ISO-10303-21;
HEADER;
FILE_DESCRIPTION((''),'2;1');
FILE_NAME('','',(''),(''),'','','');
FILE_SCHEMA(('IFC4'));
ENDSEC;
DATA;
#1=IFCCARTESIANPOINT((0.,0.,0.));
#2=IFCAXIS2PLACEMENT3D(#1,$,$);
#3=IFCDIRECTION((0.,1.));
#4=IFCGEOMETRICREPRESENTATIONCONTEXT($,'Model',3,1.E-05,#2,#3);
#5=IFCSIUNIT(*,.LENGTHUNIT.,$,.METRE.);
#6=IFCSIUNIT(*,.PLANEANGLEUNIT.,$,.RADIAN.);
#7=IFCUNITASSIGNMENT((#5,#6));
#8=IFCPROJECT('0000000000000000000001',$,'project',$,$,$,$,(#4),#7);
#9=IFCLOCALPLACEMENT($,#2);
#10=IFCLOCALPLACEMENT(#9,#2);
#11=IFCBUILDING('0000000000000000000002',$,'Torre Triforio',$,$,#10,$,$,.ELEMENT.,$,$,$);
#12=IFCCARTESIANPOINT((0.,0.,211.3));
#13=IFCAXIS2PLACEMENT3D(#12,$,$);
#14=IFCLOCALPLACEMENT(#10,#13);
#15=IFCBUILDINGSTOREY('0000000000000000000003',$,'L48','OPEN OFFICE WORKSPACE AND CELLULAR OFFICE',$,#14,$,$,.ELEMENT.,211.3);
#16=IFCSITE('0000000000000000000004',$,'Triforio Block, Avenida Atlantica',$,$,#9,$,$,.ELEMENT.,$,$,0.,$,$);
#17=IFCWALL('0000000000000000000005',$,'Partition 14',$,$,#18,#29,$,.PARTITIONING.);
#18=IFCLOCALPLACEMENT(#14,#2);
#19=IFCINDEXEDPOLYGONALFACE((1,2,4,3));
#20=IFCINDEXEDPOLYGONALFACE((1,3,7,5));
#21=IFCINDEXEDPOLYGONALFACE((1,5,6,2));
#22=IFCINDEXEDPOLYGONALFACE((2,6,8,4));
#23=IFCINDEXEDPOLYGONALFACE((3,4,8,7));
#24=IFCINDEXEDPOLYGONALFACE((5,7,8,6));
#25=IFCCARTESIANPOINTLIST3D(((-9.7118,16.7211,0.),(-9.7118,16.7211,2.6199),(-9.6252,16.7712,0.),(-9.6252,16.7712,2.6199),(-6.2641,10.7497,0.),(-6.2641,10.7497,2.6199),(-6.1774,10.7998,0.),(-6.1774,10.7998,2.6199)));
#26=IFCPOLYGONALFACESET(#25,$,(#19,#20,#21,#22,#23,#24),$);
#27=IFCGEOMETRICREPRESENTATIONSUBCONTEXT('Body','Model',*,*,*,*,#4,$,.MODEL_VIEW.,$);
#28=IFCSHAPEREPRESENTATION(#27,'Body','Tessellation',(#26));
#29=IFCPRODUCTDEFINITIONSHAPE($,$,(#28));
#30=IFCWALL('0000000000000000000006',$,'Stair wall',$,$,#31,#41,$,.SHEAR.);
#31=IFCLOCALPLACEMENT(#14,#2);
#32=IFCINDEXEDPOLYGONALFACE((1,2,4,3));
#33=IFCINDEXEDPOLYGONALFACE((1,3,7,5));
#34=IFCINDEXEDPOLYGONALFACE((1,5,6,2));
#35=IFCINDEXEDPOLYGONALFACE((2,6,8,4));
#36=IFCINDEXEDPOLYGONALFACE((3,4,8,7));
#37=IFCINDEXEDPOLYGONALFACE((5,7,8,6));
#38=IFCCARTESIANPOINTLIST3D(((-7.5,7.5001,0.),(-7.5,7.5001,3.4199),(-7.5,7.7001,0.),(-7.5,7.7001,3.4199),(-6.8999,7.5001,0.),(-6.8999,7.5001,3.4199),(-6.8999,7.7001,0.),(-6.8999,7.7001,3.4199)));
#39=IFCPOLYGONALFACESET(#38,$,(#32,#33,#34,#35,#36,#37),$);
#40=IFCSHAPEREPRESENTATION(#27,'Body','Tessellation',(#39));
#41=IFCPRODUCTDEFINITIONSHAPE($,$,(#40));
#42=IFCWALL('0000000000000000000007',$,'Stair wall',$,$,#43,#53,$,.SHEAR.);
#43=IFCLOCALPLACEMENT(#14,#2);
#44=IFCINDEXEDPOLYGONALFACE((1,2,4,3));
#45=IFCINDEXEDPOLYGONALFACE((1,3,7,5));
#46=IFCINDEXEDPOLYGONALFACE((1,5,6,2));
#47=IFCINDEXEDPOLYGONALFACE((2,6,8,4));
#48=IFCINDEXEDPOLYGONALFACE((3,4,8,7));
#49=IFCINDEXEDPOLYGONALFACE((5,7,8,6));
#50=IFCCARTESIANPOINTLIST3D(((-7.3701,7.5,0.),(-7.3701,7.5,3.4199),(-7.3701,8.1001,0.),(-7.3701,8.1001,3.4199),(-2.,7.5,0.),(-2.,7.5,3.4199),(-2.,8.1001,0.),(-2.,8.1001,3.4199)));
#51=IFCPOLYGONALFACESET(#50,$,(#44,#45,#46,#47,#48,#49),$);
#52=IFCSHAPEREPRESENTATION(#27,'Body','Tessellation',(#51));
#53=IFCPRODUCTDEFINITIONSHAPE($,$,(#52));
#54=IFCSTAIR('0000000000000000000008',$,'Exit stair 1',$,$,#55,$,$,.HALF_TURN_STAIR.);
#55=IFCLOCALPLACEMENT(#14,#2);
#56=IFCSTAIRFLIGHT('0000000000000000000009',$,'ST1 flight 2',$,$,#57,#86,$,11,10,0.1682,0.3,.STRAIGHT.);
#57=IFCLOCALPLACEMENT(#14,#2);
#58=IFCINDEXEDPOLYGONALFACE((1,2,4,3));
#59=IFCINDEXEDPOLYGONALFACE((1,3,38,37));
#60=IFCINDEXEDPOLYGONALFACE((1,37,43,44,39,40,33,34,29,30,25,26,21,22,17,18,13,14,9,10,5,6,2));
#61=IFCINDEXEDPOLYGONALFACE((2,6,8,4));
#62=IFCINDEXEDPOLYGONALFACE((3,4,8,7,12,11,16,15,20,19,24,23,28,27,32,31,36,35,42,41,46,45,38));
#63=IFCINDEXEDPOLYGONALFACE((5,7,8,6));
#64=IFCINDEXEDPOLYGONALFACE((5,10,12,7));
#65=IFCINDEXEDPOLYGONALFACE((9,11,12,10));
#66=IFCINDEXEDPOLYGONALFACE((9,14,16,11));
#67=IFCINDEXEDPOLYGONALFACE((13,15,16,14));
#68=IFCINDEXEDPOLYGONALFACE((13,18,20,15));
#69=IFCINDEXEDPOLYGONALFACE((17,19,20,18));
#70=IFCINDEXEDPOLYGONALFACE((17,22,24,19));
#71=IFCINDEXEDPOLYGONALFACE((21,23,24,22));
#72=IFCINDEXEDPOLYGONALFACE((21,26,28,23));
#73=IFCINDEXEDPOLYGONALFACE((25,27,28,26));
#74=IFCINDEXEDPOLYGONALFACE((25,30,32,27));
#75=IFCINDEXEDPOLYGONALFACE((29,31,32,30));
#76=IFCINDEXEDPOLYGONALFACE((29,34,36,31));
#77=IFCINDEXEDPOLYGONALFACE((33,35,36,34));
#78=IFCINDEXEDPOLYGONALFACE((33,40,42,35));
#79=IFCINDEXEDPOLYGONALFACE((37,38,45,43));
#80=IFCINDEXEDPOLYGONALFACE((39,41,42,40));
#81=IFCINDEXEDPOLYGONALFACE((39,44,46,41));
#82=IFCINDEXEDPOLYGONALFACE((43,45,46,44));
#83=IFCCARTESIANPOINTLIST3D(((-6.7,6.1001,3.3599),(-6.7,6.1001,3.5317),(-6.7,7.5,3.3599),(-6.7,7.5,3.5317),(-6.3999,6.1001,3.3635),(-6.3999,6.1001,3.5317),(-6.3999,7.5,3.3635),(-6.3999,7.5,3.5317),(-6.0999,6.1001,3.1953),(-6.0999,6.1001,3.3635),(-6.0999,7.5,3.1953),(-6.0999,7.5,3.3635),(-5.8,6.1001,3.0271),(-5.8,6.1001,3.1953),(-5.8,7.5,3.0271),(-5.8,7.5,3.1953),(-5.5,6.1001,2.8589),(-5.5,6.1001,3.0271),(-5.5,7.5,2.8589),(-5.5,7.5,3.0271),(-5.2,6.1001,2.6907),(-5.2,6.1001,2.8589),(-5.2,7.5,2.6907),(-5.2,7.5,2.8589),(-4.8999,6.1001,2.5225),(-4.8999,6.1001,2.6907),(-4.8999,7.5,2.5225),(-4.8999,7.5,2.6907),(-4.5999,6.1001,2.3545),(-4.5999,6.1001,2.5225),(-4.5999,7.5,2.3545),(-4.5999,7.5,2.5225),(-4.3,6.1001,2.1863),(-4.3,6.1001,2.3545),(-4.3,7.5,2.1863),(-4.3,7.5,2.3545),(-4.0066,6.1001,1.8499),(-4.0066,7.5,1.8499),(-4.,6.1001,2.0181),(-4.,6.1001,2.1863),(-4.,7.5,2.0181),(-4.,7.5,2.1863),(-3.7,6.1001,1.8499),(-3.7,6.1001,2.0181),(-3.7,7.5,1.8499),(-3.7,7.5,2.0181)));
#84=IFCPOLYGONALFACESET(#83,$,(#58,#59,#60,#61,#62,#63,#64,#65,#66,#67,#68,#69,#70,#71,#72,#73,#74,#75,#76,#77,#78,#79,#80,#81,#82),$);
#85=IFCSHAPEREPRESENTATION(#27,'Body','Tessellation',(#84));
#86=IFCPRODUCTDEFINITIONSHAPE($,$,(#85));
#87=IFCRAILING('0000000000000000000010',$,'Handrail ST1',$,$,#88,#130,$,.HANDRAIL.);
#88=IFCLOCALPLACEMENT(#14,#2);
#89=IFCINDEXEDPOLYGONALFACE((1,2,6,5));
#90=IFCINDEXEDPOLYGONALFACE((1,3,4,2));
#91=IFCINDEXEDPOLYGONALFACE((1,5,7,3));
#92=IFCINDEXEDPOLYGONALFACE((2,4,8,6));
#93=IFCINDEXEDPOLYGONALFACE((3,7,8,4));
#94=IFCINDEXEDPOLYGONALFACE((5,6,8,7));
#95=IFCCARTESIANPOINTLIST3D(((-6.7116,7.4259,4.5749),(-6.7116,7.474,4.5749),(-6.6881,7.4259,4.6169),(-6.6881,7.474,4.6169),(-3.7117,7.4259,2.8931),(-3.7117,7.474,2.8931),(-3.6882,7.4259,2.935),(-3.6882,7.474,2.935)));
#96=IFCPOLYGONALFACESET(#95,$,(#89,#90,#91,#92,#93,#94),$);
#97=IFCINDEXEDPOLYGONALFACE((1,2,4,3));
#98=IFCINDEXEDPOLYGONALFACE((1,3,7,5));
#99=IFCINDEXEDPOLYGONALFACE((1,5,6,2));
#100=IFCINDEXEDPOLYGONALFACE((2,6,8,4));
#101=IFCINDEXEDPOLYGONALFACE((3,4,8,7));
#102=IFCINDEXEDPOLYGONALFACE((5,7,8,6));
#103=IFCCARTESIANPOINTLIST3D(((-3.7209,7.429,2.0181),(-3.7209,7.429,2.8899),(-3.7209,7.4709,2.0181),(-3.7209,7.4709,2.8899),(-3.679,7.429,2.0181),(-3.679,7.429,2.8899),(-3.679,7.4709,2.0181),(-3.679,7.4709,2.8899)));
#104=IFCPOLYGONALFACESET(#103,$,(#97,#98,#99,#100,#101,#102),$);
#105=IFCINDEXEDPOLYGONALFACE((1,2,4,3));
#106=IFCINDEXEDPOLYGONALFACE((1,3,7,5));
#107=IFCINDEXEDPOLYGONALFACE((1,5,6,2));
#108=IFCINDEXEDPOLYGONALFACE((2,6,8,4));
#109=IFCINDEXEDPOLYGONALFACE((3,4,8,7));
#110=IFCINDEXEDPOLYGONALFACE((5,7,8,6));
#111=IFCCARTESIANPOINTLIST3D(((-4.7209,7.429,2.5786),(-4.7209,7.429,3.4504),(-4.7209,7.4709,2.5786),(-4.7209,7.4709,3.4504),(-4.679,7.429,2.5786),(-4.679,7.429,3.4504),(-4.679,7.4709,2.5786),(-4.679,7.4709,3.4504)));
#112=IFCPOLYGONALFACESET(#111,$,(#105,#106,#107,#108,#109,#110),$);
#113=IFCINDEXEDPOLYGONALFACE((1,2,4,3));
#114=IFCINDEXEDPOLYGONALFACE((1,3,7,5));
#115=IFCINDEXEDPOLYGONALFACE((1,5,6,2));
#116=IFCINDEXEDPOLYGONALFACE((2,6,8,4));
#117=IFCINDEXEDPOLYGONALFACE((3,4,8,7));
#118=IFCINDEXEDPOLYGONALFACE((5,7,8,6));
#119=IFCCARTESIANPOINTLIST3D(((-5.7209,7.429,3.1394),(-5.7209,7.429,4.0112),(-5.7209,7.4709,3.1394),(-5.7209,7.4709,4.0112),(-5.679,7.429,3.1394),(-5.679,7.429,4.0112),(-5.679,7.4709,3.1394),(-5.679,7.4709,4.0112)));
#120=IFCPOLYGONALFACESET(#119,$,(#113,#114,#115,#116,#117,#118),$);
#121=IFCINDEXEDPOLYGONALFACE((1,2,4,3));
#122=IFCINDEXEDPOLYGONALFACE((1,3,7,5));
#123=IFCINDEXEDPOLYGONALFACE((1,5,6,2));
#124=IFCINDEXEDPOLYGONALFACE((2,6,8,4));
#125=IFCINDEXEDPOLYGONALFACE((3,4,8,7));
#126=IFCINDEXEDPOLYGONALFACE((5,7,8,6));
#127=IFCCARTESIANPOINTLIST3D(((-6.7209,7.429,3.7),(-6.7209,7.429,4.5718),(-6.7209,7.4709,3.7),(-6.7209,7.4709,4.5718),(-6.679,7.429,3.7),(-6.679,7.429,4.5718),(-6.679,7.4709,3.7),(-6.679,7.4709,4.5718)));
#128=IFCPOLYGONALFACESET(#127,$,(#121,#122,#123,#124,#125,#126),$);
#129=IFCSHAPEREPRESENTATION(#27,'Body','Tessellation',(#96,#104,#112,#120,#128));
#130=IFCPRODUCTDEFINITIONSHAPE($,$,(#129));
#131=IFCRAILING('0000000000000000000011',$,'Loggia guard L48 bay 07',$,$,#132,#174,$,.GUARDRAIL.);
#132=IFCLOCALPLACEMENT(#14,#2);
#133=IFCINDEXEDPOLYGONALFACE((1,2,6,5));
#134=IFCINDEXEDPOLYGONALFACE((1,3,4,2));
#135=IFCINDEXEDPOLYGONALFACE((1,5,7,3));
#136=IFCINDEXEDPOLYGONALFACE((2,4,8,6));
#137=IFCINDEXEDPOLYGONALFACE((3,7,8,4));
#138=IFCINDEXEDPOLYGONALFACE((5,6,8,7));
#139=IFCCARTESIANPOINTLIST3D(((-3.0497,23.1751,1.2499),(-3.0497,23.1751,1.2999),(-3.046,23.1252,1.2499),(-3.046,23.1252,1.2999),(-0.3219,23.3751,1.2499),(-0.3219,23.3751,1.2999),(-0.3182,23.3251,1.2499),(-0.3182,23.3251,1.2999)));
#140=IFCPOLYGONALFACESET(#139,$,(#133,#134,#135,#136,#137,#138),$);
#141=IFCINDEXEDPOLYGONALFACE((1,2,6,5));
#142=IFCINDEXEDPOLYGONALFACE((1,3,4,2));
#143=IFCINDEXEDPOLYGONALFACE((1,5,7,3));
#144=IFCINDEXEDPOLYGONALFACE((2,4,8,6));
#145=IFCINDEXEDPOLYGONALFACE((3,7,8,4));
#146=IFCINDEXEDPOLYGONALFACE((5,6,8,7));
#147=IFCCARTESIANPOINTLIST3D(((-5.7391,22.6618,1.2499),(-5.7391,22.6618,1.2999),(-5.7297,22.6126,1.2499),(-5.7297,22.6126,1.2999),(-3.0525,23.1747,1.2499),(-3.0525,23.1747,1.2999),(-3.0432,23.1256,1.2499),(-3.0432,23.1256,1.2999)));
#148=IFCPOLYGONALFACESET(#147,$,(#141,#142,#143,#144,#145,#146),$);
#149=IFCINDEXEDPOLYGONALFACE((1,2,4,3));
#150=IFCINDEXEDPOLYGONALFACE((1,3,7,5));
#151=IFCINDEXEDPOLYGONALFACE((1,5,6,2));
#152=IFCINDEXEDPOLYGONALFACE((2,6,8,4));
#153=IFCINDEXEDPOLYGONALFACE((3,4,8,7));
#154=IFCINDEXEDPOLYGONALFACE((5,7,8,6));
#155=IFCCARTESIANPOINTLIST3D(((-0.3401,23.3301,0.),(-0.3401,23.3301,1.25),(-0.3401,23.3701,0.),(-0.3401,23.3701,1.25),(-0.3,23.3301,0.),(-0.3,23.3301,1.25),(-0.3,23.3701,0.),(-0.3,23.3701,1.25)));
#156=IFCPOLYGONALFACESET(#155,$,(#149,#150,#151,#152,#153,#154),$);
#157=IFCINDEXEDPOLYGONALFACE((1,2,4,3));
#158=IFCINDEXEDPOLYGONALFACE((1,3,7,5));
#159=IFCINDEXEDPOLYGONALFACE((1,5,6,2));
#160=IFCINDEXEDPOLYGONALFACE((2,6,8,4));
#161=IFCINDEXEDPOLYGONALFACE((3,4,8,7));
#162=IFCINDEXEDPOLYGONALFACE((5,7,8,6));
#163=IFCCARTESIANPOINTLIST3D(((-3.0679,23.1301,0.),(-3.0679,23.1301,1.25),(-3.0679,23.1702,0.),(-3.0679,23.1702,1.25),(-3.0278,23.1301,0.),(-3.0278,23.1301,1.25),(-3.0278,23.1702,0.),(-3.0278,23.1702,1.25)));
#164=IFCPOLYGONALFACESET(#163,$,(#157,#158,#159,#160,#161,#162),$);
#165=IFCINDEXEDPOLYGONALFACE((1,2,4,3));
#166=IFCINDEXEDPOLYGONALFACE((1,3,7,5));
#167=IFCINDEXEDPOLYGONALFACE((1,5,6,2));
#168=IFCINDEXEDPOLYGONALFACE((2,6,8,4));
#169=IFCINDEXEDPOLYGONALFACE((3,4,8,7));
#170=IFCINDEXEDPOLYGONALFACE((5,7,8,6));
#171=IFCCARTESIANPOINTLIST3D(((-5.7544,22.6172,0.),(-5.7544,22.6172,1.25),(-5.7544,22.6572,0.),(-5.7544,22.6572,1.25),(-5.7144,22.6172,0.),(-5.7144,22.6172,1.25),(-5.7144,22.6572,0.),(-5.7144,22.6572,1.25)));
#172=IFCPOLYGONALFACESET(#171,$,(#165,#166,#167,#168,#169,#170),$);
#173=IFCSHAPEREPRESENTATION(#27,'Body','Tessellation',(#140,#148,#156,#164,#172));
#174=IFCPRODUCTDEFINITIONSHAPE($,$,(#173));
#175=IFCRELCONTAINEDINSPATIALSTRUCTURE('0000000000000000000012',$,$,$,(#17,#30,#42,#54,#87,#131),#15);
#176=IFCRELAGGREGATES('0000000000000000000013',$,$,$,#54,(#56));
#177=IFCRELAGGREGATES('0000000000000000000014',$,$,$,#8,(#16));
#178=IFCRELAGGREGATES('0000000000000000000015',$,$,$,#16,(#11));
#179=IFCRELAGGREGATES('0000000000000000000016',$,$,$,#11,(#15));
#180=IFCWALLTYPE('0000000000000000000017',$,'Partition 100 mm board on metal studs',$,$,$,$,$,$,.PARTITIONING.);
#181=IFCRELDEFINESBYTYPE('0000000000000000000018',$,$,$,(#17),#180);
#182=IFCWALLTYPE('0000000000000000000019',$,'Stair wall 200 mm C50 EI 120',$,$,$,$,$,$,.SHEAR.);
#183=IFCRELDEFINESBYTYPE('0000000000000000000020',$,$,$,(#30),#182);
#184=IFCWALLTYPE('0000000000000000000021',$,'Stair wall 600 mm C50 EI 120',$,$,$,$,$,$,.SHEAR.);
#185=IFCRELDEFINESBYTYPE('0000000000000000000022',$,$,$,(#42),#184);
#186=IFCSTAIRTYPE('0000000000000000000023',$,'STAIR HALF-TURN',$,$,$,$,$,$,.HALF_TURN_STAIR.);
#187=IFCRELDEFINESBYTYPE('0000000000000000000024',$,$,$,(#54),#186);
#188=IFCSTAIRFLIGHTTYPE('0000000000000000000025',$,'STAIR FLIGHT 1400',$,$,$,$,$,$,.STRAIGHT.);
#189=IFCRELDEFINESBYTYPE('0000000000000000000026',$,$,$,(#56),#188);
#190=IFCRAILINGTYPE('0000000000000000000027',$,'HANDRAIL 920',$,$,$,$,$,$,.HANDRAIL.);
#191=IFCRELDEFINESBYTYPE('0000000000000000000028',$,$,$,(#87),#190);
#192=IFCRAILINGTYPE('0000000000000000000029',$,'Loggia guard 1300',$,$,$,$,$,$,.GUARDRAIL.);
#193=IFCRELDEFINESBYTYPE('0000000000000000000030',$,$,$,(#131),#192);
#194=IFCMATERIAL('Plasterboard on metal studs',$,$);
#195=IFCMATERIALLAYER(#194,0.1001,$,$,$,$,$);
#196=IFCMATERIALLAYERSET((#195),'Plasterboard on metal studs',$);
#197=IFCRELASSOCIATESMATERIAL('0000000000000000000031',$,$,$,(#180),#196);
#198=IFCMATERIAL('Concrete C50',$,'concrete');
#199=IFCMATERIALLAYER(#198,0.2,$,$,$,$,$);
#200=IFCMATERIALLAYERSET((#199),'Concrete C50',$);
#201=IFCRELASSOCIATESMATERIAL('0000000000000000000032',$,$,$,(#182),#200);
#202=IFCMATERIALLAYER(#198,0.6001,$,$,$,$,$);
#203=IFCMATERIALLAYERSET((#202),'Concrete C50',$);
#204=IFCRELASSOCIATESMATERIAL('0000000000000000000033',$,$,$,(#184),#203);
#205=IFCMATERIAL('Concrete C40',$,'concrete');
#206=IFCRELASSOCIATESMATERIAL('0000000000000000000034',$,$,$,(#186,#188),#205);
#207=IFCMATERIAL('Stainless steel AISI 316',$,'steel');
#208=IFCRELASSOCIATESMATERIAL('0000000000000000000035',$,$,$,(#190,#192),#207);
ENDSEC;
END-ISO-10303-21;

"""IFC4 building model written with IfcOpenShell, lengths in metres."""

from ifc_helpers import new_model, si_unit, direction, frame, frame_2d, origin, origin_2d, place, context, subcontext, project, spatial, polyline, rectangle, outline, extrude, material, layer, layer_set, type_object, element, aggregate, save


model = new_model("IFC4")

# Units and contexts
model_context = context("Model", 3, precision=1e-05, world=origin(), true_north=direction((0.0, 1.0)))
body_context = subcontext(model_context, "Body", "Model", "MODEL_VIEW")
ifc_project = project(units=[si_unit("LENGTHUNIT", "METRE"), si_unit("PLANEANGLEUNIT", "RADIAN")], contexts=[model_context])

# Site, building, storey
site_placement = place(None, origin())
site = spatial("IfcSite", under=ifc_project, at=site_placement, Name="Triforio Block, Avenida Atlantica", CompositionType="ELEMENT", RefElevation=0.0)
building_placement = place(site_placement, origin())
building = spatial("IfcBuilding", under=site, at=building_placement, Name="Torre Triforio", CompositionType="ELEMENT")
storey_placement = place(building_placement, frame((0.0, 0.0, 211.3)))
storey = spatial("IfcBuildingStorey", under=building, at=storey_placement, Name="L48", Description="OPEN OFFICE WORKSPACE AND CELLULAR OFFICE", CompositionType="ELEMENT", Elevation=211.3)

# Shared definitions
ifc_material_1 = material(Name="Concrete C50", Category="concrete")

# Shared definitions
ifc_material_2 = material(Name="Concrete C40", Category="concrete")

# Shared definitions
ifc_material_3 = material(Name="Plasterboard on metal studs")

# Walls
ifc_layer_1 = layer(ifc_material_3, 0.1001)
ifc_layer_set_1 = layer_set([ifc_layer_1], Name="Plasterboard on metal studs")
wall_type_1 = type_object("IfcWallType", Name="Partition 100 mm board on metal studs", PredefinedType="PARTITIONING", material=ifc_layer_set_1)
wall_1_placement = place(storey_placement, frame((-6.2207, 10.7747, 0.0), z_axis=(0.0, 0.0, 1.0), x_axis=(-0.500016, 0.866016, 0.0)))
element("IfcWall", 1, at=wall_1_placement, inside=storey, type_object=wall_type_1, Name="Partition 14", PredefinedType="PARTITIONING", context=body_context, shape_type="SweptSolid", body=[
    extrude(rectangle(XDim=6.8953, YDim=0.1001, at=frame_2d((3.4478, 0.0))), origin(), (0.0, 0.0, 1.0), 2.6199),
])
ifc_layer_2 = layer(ifc_material_1, 0.2)
ifc_layer_set_2 = layer_set([ifc_layer_2], Name="Concrete C50")
wall_type_2 = type_object("IfcWallType", Name="Stair wall 200 mm C50 EI 120", PredefinedType="SHEAR", material=ifc_layer_set_2)
wall_2_placement = place(storey_placement, frame((-7.5, 7.6001, 0.0), z_axis=(0.0, 0.0, 1.0), x_axis=(1.0, 0.0, 0.0)))
element("IfcWall", 2, at=wall_2_placement, inside=storey, type_object=wall_type_2, Name="Stair wall", PredefinedType="SHEAR", context=body_context, shape_type="SweptSolid", body=[
    extrude(rectangle(XDim=0.6001, YDim=0.2, at=frame_2d((0.3, 0.0))), origin(), (0.0, 0.0, 1.0), 3.4199),
])
ifc_layer_3 = layer(ifc_material_1, 0.6001)
ifc_layer_set_3 = layer_set([ifc_layer_3], Name="Concrete C50")
wall_type_3 = type_object("IfcWallType", Name="Stair wall 600 mm C50 EI 120", PredefinedType="SHEAR", material=ifc_layer_set_3)
wall_3_placement = place(storey_placement, frame((-7.3701, 7.8, 0.0), z_axis=(0.0, 0.0, 1.0), x_axis=(1.0, 0.0, 0.0)))
element("IfcWall", 3, at=wall_3_placement, inside=storey, type_object=wall_type_3, Name="Stair wall", PredefinedType="SHEAR", context=body_context, shape_type="SweptSolid", body=[
    extrude(rectangle(XDim=5.3701, YDim=0.6001, at=frame_2d((2.6851, 0.0))), origin(), (0.0, 0.0, 1.0), 3.4199),
])

# Stair, stair flight
stair_type = type_object("IfcStairType", Name="STAIR HALF-TURN", PredefinedType="HALF_TURN_STAIR", material=ifc_material_2)
stair_placement = place(storey_placement, origin())
stair = element("IfcStair", 4, at=stair_placement, inside=storey, type_object=stair_type, Name="Exit stair 1", PredefinedType="HALF_TURN_STAIR")
stair_flight_type = type_object("IfcStairFlightType", Name="STAIR FLIGHT 1400", PredefinedType="STRAIGHT", material=ifc_material_2)
stair_flight_placement = place(storey_placement, frame((-3.7, 6.8, 1.8499), z_axis=(0.0, 0.0, 1.0), x_axis=(-1.0, 0.0, 0.0)))
stair_flight = element("IfcStairFlight", 5, at=stair_flight_placement, type_object=stair_flight_type, Name="ST1 flight 2", NumberOfRisers=11, NumberOfTreads=10, PredefinedType="STRAIGHT", RiserHeight=0.1682, TreadLength=0.3, context=body_context, shape_type="SweptSolid", body=[
    extrude(outline(polyline([(0.0, 0.0), (0.0, 0.1682), (0.3, 0.1682), (0.3, 0.3364), (0.6001, 0.3364), (0.6001, 0.5046), (0.8999, 0.5046), (0.8999, 0.6726), (1.2, 0.6726), (1.2, 0.8408), (1.5, 0.8408), (1.5, 1.009), (1.8, 1.009), (1.8, 1.1772), (2.1001, 1.1772), (2.1001, 1.3455), (2.3999, 1.3455), (2.3999, 1.5137), (2.7, 1.5137), (2.7, 1.6819), (3.0, 1.6819), (3.0, 1.8501), (3.0, 1.51), (0.3066, 0.0), (0.0, 0.0)])), frame((0.0, 0.7, 0.0), z_axis=(0.0, -1.0, 0.0), x_axis=(1.0, 0.0, 0.0)), (0.0, 0.0, 1.0), 1.3999),
])
aggregate(stair, [stair_flight])

# Railings
ifc_material_4 = material(Name="Stainless steel AISI 316", Category="steel")
railing_type_1 = type_object("IfcRailingType", Name="HANDRAIL 920", PredefinedType="HANDRAIL", material=ifc_material_4)
railing_1_placement = place(storey_placement, frame((-3.7, 7.45, 2.0181)))
element("IfcRailing", 6, at=railing_1_placement, inside=storey, type_object=railing_type_1, Name="Handrail ST1", PredefinedType="HANDRAIL", context=body_context, shape_type="SweptSolid", body=[
    extrude(rectangle(XDim=0.0481, YDim=0.0481, at=origin_2d()), frame((0.0, 0.0, 0.896), z_axis=(-0.872272, 0.0, 0.48902), x_axis=(0.0, -1.0, 0.0)), (0.0, 0.0, 1.0), 3.4392),
    extrude(rectangle(XDim=0.042, YDim=0.042, at=origin_2d()), origin(), (0.0, 0.0, 1.0), 0.8718),
    extrude(rectangle(XDim=0.042, YDim=0.042, at=origin_2d()), frame((-1.0, 0.0, 0.5605)), (0.0, 0.0, 1.0), 0.8718),
    extrude(rectangle(XDim=0.042, YDim=0.042, at=origin_2d()), frame((-2.0, 0.0, 1.1213)), (0.0, 0.0, 1.0), 0.8718),
    extrude(rectangle(XDim=0.042, YDim=0.042, at=origin_2d()), frame((-3.0, 0.0, 1.6819)), (0.0, 0.0, 1.0), 0.8718),
])
railing_type_2 = type_object("IfcRailingType", Name="Loggia guard 1300", PredefinedType="GUARDRAIL", material=ifc_material_4)
railing_2_placement = place(storey_placement, frame((-0.3201, 23.3501, 0.0)))
element("IfcRailing", 7, at=railing_2_placement, inside=storey, type_object=railing_type_2, Name="Loggia guard L48 bay 07", PredefinedType="GUARDRAIL", context=body_context, shape_type="SweptSolid", body=[
    extrude(rectangle(XDim=0.05, YDim=0.05, at=origin_2d()), frame((0.0, 0.0, 1.2749), z_axis=(-0.997324, -0.073106, 0.0), x_axis=(0.073106, -0.997324, 0.0)), (0.0, 0.0, 1.0), 2.7351),
    extrude(rectangle(XDim=0.05, YDim=0.05, at=origin_2d()), frame((-2.7278, -0.2, 1.2749), z_axis=(-0.982256, -0.187543, 0.0), x_axis=(0.187543, -0.982256, 0.0)), (0.0, 0.0, 1.0), 2.7351),
    extrude(rectangle(XDim=0.04, YDim=0.04, at=origin_2d()), origin(), (0.0, 0.0, 1.0), 1.25),
    extrude(rectangle(XDim=0.04, YDim=0.04, at=origin_2d()), frame((-2.7278, -0.2, 0.0)), (0.0, 0.0, 1.0), 1.25),
    extrude(rectangle(XDim=0.04, YDim=0.04, at=origin_2d()), frame((-5.4143, -0.7129, 0.0)), (0.0, 0.0, 1.0), 1.25),
])

save(model, "model.ifc")
